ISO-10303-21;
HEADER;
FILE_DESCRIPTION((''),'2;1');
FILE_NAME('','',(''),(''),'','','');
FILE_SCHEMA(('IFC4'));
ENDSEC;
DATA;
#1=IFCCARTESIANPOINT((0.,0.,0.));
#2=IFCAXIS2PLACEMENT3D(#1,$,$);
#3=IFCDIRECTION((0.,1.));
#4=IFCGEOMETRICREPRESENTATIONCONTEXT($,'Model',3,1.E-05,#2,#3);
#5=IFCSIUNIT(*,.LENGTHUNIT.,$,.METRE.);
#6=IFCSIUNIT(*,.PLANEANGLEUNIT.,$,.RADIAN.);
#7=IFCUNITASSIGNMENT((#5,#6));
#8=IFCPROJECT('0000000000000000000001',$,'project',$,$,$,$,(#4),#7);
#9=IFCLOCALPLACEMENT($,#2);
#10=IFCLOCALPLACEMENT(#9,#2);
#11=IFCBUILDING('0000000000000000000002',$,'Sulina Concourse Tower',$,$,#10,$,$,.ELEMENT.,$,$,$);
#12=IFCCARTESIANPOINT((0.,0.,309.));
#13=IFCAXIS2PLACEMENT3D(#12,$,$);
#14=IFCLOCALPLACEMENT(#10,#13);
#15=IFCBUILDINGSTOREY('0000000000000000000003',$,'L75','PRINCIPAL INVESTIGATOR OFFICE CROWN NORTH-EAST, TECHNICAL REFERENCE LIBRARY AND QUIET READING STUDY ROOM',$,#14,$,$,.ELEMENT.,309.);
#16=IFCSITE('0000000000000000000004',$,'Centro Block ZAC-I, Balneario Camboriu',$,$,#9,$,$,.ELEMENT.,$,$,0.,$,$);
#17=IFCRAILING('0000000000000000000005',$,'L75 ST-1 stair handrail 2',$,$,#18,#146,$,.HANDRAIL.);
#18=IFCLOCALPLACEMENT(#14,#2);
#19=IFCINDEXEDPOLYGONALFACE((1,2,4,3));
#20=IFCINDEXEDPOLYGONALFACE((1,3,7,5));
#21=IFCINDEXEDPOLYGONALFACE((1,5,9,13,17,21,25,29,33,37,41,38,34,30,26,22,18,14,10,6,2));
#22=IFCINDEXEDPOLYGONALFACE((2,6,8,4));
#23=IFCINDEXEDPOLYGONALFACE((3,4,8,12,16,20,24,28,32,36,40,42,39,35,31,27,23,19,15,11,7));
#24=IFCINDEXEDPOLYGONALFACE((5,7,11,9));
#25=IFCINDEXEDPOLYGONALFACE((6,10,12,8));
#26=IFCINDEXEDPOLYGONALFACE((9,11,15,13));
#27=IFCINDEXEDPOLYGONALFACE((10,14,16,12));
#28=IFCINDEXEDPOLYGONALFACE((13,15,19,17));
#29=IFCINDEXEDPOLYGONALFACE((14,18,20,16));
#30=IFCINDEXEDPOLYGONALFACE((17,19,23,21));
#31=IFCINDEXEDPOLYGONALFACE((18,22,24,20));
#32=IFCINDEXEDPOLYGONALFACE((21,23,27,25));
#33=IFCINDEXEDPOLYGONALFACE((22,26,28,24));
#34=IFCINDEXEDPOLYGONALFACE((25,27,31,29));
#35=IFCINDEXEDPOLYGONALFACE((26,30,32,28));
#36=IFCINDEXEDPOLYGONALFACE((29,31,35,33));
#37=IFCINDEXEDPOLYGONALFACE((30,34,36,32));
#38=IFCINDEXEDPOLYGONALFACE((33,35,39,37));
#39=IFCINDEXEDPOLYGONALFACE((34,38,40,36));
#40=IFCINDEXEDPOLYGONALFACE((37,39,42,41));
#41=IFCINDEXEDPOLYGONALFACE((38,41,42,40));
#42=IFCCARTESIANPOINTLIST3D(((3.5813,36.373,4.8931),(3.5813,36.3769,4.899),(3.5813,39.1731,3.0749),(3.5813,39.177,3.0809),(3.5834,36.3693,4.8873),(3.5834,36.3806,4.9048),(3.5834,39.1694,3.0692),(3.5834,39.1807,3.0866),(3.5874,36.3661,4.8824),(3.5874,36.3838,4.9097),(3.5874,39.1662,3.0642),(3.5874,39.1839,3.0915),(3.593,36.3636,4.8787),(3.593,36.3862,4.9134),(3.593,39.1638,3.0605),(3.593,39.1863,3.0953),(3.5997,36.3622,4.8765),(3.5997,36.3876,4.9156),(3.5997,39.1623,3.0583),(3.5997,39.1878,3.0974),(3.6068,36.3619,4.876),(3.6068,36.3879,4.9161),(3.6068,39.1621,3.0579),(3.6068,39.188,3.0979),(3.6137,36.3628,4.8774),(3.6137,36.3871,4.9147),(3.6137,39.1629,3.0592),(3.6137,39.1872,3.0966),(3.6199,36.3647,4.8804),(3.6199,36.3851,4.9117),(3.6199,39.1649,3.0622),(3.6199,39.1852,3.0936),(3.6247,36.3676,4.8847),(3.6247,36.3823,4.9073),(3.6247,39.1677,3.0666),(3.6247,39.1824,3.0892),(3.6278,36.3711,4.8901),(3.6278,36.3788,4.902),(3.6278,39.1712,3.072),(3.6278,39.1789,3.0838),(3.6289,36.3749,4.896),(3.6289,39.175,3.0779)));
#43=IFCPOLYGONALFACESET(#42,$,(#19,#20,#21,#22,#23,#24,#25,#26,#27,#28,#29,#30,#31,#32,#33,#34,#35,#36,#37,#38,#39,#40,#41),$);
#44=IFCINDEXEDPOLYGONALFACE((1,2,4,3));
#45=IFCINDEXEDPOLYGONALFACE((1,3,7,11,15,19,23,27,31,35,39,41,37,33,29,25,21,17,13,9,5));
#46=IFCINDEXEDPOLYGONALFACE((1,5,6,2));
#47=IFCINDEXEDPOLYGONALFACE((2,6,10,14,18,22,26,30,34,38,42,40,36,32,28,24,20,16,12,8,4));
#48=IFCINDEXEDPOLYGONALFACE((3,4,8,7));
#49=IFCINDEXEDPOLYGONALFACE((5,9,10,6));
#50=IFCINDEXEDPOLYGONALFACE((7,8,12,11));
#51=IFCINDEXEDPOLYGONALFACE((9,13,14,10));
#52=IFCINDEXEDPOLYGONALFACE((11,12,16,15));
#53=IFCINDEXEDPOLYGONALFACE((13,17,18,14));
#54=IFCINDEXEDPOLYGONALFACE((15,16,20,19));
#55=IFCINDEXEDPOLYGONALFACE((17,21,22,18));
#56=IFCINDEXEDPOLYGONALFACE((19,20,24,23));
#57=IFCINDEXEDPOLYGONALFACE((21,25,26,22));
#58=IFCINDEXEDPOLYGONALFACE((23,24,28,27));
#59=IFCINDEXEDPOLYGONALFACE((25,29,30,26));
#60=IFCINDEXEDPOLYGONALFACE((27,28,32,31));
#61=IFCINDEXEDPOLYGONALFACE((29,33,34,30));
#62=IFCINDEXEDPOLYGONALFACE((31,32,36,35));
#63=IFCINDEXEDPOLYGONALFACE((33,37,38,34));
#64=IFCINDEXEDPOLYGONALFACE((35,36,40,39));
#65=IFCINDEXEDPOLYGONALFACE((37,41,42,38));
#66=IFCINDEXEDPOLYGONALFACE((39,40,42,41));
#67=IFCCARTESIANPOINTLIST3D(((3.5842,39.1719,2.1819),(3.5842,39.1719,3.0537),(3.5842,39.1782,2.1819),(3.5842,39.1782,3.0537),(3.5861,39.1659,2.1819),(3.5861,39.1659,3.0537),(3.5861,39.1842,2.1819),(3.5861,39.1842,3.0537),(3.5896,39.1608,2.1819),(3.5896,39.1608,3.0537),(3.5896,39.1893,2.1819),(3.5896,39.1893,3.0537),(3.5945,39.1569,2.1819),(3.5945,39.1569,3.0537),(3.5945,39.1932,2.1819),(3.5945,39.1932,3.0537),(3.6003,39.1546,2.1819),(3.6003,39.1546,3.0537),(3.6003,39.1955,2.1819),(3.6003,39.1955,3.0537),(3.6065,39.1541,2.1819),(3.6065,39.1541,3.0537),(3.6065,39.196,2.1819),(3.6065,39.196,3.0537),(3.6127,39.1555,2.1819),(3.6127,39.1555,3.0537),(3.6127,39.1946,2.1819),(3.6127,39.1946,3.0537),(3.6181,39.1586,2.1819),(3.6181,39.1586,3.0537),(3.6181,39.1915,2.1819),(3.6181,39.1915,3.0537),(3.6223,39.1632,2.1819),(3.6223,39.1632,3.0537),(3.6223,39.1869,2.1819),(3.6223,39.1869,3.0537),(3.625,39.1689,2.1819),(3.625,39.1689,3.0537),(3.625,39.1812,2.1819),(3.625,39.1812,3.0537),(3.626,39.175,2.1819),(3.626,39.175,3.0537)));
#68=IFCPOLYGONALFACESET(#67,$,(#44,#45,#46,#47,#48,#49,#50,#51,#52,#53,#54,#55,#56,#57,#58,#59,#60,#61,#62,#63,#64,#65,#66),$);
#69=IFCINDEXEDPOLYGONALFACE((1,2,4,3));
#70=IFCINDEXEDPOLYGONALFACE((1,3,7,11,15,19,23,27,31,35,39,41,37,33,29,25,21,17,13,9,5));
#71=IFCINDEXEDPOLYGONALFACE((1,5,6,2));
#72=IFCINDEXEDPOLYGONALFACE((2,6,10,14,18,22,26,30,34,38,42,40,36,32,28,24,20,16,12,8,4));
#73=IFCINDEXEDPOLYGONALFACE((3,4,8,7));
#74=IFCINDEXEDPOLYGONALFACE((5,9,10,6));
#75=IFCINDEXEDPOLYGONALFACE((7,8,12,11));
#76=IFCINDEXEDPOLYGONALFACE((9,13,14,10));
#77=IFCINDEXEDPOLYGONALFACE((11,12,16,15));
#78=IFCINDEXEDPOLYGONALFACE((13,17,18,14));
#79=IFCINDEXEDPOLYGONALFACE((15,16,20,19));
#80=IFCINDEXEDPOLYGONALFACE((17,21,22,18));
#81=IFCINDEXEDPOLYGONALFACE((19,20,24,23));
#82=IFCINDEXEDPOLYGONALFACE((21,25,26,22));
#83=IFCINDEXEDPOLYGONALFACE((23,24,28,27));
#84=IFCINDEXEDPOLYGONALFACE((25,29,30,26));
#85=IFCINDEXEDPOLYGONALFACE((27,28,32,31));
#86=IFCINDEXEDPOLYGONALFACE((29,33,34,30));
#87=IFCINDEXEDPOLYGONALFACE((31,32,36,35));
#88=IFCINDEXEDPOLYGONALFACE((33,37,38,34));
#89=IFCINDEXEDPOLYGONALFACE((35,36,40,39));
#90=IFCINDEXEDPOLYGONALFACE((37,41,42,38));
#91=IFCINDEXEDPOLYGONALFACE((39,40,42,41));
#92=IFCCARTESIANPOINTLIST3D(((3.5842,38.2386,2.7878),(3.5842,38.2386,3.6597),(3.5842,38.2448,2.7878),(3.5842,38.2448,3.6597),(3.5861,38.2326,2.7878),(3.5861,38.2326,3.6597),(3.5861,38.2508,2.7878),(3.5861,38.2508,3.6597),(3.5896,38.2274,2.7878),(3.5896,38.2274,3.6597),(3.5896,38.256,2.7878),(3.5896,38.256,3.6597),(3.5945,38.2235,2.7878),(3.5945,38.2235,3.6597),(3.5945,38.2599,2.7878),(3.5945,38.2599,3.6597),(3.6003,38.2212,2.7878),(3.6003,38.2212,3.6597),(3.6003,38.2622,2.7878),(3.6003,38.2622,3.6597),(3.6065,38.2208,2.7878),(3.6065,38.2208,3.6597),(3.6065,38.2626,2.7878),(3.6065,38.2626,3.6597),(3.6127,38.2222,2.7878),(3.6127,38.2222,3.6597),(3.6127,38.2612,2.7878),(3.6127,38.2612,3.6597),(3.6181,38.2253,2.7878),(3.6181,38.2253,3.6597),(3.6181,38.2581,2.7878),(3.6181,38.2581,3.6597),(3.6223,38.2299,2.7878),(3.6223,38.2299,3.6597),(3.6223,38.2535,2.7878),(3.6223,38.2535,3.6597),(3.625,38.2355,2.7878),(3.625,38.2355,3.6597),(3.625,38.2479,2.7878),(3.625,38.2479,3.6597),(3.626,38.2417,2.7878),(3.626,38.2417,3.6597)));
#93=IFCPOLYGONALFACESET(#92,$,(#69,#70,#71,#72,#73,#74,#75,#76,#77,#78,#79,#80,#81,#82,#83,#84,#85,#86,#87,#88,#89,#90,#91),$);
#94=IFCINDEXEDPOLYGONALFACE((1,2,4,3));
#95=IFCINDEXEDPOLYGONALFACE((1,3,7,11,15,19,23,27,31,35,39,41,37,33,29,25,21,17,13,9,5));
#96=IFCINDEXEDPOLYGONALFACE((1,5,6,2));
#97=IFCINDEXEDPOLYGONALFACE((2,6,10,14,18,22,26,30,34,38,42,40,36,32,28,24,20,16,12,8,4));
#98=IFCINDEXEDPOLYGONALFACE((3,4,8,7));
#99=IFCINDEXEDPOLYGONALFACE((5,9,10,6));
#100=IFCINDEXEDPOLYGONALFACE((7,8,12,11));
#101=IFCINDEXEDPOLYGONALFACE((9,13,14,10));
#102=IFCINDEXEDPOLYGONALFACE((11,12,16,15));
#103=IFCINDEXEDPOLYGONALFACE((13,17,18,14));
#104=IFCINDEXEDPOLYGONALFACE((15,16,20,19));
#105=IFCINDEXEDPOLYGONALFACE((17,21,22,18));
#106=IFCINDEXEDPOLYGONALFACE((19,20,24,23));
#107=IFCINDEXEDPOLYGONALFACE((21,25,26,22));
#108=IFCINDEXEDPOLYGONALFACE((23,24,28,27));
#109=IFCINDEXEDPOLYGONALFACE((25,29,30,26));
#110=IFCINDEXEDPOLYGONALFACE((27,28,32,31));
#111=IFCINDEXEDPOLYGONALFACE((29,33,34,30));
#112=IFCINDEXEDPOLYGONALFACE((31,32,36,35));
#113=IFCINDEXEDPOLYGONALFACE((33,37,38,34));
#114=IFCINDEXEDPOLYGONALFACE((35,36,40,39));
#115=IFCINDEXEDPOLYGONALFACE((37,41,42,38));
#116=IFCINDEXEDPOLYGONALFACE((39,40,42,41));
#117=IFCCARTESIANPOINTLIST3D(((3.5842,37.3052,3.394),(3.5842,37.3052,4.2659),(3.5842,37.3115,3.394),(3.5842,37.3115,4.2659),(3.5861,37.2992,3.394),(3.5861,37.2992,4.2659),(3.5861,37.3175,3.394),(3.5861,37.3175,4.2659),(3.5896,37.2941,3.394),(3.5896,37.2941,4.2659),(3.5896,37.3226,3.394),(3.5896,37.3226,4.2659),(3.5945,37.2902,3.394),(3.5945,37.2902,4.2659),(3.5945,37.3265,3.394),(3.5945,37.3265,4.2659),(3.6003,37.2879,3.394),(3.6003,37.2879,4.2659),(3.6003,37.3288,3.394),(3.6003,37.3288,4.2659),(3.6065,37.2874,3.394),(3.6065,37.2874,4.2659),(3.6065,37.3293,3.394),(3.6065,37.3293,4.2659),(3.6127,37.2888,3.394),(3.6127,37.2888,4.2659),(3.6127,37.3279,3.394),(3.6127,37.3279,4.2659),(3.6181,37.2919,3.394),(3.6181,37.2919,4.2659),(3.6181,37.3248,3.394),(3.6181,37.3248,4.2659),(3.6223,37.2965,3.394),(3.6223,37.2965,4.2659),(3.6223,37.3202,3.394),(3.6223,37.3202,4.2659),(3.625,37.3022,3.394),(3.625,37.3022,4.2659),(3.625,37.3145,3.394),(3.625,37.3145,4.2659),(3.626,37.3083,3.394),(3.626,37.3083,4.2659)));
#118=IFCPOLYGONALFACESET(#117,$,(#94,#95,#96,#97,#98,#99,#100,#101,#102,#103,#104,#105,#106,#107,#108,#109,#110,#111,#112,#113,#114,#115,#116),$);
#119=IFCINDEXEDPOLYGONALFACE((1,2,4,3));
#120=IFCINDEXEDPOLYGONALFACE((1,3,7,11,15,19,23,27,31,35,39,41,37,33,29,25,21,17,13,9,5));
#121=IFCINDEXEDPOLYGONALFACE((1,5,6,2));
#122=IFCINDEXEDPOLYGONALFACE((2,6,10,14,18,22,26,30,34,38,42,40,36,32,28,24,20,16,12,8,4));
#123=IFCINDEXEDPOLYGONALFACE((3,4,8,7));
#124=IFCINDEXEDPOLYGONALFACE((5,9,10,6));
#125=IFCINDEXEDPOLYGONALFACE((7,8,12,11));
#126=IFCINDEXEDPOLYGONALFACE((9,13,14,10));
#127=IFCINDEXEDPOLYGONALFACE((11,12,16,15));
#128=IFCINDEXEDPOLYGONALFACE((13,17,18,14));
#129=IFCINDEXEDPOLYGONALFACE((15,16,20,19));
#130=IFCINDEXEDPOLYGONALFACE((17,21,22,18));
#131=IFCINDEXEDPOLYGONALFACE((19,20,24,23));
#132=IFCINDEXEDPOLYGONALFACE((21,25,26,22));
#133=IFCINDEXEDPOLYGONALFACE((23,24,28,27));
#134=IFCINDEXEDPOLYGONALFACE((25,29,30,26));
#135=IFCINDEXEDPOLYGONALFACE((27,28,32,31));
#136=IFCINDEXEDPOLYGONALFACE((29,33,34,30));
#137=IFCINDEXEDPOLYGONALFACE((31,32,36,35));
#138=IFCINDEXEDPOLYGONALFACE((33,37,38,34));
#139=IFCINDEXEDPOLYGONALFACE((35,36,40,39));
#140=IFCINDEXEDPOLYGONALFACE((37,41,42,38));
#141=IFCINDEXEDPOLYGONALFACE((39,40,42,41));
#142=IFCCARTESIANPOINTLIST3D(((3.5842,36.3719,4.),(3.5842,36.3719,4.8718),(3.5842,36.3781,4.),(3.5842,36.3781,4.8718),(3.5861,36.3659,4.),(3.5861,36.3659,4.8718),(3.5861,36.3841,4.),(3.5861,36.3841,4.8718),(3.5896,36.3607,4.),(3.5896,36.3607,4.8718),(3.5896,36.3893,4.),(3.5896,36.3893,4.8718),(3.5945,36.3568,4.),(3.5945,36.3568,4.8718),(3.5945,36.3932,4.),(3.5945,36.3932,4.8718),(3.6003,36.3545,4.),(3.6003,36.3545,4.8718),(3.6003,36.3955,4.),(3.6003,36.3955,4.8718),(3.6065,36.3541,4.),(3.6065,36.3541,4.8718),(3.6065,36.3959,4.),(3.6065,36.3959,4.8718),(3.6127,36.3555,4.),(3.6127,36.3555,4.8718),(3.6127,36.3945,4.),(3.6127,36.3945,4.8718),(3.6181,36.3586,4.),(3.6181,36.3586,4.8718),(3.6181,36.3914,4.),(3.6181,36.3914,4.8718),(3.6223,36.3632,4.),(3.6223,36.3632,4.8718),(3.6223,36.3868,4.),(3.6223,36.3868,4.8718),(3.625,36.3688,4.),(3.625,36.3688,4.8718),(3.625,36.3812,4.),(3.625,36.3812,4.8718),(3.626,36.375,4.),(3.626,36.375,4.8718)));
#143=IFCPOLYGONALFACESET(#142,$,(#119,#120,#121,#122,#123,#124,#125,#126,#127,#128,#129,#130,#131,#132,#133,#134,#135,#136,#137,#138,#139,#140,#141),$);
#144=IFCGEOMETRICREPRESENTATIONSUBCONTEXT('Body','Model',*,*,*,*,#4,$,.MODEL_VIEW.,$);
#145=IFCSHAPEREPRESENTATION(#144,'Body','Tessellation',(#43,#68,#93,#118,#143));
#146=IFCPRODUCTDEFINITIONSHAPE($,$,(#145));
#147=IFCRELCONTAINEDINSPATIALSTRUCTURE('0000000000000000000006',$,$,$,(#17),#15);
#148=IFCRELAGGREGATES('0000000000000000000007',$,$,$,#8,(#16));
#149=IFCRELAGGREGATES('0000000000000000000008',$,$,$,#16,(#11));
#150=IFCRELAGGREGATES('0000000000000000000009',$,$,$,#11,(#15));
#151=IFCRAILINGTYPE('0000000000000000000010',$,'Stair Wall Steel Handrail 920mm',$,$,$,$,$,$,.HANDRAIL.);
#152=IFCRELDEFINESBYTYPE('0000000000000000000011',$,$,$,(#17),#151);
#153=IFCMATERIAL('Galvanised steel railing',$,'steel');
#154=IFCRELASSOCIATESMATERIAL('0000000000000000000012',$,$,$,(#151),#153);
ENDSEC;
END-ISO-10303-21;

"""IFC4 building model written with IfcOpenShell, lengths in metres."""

from ifc_helpers import new_model, si_unit, direction, frame, origin, origin_2d, place, context, subcontext, project, spatial, circle, extrude, material, type_object, element, save


model = new_model("IFC4")

# Units and contexts
model_context = context("Model", 3, precision=1e-05, world=origin(), true_north=direction((0.0, 1.0)))
body_context = subcontext(model_context, "Body", "Model", "MODEL_VIEW")
ifc_project = project(units=[si_unit("LENGTHUNIT", "METRE"), si_unit("PLANEANGLEUNIT", "RADIAN")], contexts=[model_context])

# Site, building, storey
site_placement = place(None, origin())
site = spatial("IfcSite", under=ifc_project, at=site_placement, Name="Centro Block ZAC-I, Balneario Camboriu", CompositionType="ELEMENT", RefElevation=0.0)
building_placement = place(site_placement, origin())
building = spatial("IfcBuilding", under=site, at=building_placement, Name="Sulina Concourse Tower", CompositionType="ELEMENT")
storey_placement = place(building_placement, frame((0.0, 0.0, 309.0)))
storey = spatial("IfcBuildingStorey", under=building, at=storey_placement, Name="L75", Description="PRINCIPAL INVESTIGATOR OFFICE CROWN NORTH-EAST, TECHNICAL REFERENCE LIBRARY AND QUIET READING STUDY ROOM", CompositionType="ELEMENT", Elevation=309.0)

# Railing
ifc_material_1 = material(Name="Galvanised steel railing", Category="steel")
railing_type_1 = type_object("IfcRailingType", Name="Stair Wall Steel Handrail 920mm", PredefinedType="HANDRAIL", material=ifc_material_1)
railing_1_placement = place(storey_placement, frame((3.605, 39.175, 2.1819)))
element("IfcRailing", 1, at=railing_1_placement, inside=storey, type_object=railing_type_1, Name="L75 ST-1 stair handrail 2", PredefinedType="HANDRAIL", context=body_context, shape_type="SweptSolid", body=[
    extrude(circle(Radius=0.0239, at=origin_2d()), frame((0.0, 0.0, 0.896), z_axis=(0.0, -0.838706, 0.544585), x_axis=(1.0, 0.0, 0.0)), (0.0, 0.0, 1.0), 3.3386),
    extrude(circle(Radius=0.021, at=origin_2d()), origin(), (0.0, 0.0, 1.0), 0.8718),
    extrude(circle(Radius=0.021, at=origin_2d()), frame((0.0, -0.9333, 0.606)), (0.0, 0.0, 1.0), 0.8718),
    extrude(circle(Radius=0.021, at=origin_2d()), frame((0.0, -1.8667, 1.2122)), (0.0, 0.0, 1.0), 0.8718),
    extrude(circle(Radius=0.021, at=origin_2d()), frame((0.0, -2.8, 1.8181)), (0.0, 0.0, 1.0), 0.8718),
])

save(model, "model.ifc")
